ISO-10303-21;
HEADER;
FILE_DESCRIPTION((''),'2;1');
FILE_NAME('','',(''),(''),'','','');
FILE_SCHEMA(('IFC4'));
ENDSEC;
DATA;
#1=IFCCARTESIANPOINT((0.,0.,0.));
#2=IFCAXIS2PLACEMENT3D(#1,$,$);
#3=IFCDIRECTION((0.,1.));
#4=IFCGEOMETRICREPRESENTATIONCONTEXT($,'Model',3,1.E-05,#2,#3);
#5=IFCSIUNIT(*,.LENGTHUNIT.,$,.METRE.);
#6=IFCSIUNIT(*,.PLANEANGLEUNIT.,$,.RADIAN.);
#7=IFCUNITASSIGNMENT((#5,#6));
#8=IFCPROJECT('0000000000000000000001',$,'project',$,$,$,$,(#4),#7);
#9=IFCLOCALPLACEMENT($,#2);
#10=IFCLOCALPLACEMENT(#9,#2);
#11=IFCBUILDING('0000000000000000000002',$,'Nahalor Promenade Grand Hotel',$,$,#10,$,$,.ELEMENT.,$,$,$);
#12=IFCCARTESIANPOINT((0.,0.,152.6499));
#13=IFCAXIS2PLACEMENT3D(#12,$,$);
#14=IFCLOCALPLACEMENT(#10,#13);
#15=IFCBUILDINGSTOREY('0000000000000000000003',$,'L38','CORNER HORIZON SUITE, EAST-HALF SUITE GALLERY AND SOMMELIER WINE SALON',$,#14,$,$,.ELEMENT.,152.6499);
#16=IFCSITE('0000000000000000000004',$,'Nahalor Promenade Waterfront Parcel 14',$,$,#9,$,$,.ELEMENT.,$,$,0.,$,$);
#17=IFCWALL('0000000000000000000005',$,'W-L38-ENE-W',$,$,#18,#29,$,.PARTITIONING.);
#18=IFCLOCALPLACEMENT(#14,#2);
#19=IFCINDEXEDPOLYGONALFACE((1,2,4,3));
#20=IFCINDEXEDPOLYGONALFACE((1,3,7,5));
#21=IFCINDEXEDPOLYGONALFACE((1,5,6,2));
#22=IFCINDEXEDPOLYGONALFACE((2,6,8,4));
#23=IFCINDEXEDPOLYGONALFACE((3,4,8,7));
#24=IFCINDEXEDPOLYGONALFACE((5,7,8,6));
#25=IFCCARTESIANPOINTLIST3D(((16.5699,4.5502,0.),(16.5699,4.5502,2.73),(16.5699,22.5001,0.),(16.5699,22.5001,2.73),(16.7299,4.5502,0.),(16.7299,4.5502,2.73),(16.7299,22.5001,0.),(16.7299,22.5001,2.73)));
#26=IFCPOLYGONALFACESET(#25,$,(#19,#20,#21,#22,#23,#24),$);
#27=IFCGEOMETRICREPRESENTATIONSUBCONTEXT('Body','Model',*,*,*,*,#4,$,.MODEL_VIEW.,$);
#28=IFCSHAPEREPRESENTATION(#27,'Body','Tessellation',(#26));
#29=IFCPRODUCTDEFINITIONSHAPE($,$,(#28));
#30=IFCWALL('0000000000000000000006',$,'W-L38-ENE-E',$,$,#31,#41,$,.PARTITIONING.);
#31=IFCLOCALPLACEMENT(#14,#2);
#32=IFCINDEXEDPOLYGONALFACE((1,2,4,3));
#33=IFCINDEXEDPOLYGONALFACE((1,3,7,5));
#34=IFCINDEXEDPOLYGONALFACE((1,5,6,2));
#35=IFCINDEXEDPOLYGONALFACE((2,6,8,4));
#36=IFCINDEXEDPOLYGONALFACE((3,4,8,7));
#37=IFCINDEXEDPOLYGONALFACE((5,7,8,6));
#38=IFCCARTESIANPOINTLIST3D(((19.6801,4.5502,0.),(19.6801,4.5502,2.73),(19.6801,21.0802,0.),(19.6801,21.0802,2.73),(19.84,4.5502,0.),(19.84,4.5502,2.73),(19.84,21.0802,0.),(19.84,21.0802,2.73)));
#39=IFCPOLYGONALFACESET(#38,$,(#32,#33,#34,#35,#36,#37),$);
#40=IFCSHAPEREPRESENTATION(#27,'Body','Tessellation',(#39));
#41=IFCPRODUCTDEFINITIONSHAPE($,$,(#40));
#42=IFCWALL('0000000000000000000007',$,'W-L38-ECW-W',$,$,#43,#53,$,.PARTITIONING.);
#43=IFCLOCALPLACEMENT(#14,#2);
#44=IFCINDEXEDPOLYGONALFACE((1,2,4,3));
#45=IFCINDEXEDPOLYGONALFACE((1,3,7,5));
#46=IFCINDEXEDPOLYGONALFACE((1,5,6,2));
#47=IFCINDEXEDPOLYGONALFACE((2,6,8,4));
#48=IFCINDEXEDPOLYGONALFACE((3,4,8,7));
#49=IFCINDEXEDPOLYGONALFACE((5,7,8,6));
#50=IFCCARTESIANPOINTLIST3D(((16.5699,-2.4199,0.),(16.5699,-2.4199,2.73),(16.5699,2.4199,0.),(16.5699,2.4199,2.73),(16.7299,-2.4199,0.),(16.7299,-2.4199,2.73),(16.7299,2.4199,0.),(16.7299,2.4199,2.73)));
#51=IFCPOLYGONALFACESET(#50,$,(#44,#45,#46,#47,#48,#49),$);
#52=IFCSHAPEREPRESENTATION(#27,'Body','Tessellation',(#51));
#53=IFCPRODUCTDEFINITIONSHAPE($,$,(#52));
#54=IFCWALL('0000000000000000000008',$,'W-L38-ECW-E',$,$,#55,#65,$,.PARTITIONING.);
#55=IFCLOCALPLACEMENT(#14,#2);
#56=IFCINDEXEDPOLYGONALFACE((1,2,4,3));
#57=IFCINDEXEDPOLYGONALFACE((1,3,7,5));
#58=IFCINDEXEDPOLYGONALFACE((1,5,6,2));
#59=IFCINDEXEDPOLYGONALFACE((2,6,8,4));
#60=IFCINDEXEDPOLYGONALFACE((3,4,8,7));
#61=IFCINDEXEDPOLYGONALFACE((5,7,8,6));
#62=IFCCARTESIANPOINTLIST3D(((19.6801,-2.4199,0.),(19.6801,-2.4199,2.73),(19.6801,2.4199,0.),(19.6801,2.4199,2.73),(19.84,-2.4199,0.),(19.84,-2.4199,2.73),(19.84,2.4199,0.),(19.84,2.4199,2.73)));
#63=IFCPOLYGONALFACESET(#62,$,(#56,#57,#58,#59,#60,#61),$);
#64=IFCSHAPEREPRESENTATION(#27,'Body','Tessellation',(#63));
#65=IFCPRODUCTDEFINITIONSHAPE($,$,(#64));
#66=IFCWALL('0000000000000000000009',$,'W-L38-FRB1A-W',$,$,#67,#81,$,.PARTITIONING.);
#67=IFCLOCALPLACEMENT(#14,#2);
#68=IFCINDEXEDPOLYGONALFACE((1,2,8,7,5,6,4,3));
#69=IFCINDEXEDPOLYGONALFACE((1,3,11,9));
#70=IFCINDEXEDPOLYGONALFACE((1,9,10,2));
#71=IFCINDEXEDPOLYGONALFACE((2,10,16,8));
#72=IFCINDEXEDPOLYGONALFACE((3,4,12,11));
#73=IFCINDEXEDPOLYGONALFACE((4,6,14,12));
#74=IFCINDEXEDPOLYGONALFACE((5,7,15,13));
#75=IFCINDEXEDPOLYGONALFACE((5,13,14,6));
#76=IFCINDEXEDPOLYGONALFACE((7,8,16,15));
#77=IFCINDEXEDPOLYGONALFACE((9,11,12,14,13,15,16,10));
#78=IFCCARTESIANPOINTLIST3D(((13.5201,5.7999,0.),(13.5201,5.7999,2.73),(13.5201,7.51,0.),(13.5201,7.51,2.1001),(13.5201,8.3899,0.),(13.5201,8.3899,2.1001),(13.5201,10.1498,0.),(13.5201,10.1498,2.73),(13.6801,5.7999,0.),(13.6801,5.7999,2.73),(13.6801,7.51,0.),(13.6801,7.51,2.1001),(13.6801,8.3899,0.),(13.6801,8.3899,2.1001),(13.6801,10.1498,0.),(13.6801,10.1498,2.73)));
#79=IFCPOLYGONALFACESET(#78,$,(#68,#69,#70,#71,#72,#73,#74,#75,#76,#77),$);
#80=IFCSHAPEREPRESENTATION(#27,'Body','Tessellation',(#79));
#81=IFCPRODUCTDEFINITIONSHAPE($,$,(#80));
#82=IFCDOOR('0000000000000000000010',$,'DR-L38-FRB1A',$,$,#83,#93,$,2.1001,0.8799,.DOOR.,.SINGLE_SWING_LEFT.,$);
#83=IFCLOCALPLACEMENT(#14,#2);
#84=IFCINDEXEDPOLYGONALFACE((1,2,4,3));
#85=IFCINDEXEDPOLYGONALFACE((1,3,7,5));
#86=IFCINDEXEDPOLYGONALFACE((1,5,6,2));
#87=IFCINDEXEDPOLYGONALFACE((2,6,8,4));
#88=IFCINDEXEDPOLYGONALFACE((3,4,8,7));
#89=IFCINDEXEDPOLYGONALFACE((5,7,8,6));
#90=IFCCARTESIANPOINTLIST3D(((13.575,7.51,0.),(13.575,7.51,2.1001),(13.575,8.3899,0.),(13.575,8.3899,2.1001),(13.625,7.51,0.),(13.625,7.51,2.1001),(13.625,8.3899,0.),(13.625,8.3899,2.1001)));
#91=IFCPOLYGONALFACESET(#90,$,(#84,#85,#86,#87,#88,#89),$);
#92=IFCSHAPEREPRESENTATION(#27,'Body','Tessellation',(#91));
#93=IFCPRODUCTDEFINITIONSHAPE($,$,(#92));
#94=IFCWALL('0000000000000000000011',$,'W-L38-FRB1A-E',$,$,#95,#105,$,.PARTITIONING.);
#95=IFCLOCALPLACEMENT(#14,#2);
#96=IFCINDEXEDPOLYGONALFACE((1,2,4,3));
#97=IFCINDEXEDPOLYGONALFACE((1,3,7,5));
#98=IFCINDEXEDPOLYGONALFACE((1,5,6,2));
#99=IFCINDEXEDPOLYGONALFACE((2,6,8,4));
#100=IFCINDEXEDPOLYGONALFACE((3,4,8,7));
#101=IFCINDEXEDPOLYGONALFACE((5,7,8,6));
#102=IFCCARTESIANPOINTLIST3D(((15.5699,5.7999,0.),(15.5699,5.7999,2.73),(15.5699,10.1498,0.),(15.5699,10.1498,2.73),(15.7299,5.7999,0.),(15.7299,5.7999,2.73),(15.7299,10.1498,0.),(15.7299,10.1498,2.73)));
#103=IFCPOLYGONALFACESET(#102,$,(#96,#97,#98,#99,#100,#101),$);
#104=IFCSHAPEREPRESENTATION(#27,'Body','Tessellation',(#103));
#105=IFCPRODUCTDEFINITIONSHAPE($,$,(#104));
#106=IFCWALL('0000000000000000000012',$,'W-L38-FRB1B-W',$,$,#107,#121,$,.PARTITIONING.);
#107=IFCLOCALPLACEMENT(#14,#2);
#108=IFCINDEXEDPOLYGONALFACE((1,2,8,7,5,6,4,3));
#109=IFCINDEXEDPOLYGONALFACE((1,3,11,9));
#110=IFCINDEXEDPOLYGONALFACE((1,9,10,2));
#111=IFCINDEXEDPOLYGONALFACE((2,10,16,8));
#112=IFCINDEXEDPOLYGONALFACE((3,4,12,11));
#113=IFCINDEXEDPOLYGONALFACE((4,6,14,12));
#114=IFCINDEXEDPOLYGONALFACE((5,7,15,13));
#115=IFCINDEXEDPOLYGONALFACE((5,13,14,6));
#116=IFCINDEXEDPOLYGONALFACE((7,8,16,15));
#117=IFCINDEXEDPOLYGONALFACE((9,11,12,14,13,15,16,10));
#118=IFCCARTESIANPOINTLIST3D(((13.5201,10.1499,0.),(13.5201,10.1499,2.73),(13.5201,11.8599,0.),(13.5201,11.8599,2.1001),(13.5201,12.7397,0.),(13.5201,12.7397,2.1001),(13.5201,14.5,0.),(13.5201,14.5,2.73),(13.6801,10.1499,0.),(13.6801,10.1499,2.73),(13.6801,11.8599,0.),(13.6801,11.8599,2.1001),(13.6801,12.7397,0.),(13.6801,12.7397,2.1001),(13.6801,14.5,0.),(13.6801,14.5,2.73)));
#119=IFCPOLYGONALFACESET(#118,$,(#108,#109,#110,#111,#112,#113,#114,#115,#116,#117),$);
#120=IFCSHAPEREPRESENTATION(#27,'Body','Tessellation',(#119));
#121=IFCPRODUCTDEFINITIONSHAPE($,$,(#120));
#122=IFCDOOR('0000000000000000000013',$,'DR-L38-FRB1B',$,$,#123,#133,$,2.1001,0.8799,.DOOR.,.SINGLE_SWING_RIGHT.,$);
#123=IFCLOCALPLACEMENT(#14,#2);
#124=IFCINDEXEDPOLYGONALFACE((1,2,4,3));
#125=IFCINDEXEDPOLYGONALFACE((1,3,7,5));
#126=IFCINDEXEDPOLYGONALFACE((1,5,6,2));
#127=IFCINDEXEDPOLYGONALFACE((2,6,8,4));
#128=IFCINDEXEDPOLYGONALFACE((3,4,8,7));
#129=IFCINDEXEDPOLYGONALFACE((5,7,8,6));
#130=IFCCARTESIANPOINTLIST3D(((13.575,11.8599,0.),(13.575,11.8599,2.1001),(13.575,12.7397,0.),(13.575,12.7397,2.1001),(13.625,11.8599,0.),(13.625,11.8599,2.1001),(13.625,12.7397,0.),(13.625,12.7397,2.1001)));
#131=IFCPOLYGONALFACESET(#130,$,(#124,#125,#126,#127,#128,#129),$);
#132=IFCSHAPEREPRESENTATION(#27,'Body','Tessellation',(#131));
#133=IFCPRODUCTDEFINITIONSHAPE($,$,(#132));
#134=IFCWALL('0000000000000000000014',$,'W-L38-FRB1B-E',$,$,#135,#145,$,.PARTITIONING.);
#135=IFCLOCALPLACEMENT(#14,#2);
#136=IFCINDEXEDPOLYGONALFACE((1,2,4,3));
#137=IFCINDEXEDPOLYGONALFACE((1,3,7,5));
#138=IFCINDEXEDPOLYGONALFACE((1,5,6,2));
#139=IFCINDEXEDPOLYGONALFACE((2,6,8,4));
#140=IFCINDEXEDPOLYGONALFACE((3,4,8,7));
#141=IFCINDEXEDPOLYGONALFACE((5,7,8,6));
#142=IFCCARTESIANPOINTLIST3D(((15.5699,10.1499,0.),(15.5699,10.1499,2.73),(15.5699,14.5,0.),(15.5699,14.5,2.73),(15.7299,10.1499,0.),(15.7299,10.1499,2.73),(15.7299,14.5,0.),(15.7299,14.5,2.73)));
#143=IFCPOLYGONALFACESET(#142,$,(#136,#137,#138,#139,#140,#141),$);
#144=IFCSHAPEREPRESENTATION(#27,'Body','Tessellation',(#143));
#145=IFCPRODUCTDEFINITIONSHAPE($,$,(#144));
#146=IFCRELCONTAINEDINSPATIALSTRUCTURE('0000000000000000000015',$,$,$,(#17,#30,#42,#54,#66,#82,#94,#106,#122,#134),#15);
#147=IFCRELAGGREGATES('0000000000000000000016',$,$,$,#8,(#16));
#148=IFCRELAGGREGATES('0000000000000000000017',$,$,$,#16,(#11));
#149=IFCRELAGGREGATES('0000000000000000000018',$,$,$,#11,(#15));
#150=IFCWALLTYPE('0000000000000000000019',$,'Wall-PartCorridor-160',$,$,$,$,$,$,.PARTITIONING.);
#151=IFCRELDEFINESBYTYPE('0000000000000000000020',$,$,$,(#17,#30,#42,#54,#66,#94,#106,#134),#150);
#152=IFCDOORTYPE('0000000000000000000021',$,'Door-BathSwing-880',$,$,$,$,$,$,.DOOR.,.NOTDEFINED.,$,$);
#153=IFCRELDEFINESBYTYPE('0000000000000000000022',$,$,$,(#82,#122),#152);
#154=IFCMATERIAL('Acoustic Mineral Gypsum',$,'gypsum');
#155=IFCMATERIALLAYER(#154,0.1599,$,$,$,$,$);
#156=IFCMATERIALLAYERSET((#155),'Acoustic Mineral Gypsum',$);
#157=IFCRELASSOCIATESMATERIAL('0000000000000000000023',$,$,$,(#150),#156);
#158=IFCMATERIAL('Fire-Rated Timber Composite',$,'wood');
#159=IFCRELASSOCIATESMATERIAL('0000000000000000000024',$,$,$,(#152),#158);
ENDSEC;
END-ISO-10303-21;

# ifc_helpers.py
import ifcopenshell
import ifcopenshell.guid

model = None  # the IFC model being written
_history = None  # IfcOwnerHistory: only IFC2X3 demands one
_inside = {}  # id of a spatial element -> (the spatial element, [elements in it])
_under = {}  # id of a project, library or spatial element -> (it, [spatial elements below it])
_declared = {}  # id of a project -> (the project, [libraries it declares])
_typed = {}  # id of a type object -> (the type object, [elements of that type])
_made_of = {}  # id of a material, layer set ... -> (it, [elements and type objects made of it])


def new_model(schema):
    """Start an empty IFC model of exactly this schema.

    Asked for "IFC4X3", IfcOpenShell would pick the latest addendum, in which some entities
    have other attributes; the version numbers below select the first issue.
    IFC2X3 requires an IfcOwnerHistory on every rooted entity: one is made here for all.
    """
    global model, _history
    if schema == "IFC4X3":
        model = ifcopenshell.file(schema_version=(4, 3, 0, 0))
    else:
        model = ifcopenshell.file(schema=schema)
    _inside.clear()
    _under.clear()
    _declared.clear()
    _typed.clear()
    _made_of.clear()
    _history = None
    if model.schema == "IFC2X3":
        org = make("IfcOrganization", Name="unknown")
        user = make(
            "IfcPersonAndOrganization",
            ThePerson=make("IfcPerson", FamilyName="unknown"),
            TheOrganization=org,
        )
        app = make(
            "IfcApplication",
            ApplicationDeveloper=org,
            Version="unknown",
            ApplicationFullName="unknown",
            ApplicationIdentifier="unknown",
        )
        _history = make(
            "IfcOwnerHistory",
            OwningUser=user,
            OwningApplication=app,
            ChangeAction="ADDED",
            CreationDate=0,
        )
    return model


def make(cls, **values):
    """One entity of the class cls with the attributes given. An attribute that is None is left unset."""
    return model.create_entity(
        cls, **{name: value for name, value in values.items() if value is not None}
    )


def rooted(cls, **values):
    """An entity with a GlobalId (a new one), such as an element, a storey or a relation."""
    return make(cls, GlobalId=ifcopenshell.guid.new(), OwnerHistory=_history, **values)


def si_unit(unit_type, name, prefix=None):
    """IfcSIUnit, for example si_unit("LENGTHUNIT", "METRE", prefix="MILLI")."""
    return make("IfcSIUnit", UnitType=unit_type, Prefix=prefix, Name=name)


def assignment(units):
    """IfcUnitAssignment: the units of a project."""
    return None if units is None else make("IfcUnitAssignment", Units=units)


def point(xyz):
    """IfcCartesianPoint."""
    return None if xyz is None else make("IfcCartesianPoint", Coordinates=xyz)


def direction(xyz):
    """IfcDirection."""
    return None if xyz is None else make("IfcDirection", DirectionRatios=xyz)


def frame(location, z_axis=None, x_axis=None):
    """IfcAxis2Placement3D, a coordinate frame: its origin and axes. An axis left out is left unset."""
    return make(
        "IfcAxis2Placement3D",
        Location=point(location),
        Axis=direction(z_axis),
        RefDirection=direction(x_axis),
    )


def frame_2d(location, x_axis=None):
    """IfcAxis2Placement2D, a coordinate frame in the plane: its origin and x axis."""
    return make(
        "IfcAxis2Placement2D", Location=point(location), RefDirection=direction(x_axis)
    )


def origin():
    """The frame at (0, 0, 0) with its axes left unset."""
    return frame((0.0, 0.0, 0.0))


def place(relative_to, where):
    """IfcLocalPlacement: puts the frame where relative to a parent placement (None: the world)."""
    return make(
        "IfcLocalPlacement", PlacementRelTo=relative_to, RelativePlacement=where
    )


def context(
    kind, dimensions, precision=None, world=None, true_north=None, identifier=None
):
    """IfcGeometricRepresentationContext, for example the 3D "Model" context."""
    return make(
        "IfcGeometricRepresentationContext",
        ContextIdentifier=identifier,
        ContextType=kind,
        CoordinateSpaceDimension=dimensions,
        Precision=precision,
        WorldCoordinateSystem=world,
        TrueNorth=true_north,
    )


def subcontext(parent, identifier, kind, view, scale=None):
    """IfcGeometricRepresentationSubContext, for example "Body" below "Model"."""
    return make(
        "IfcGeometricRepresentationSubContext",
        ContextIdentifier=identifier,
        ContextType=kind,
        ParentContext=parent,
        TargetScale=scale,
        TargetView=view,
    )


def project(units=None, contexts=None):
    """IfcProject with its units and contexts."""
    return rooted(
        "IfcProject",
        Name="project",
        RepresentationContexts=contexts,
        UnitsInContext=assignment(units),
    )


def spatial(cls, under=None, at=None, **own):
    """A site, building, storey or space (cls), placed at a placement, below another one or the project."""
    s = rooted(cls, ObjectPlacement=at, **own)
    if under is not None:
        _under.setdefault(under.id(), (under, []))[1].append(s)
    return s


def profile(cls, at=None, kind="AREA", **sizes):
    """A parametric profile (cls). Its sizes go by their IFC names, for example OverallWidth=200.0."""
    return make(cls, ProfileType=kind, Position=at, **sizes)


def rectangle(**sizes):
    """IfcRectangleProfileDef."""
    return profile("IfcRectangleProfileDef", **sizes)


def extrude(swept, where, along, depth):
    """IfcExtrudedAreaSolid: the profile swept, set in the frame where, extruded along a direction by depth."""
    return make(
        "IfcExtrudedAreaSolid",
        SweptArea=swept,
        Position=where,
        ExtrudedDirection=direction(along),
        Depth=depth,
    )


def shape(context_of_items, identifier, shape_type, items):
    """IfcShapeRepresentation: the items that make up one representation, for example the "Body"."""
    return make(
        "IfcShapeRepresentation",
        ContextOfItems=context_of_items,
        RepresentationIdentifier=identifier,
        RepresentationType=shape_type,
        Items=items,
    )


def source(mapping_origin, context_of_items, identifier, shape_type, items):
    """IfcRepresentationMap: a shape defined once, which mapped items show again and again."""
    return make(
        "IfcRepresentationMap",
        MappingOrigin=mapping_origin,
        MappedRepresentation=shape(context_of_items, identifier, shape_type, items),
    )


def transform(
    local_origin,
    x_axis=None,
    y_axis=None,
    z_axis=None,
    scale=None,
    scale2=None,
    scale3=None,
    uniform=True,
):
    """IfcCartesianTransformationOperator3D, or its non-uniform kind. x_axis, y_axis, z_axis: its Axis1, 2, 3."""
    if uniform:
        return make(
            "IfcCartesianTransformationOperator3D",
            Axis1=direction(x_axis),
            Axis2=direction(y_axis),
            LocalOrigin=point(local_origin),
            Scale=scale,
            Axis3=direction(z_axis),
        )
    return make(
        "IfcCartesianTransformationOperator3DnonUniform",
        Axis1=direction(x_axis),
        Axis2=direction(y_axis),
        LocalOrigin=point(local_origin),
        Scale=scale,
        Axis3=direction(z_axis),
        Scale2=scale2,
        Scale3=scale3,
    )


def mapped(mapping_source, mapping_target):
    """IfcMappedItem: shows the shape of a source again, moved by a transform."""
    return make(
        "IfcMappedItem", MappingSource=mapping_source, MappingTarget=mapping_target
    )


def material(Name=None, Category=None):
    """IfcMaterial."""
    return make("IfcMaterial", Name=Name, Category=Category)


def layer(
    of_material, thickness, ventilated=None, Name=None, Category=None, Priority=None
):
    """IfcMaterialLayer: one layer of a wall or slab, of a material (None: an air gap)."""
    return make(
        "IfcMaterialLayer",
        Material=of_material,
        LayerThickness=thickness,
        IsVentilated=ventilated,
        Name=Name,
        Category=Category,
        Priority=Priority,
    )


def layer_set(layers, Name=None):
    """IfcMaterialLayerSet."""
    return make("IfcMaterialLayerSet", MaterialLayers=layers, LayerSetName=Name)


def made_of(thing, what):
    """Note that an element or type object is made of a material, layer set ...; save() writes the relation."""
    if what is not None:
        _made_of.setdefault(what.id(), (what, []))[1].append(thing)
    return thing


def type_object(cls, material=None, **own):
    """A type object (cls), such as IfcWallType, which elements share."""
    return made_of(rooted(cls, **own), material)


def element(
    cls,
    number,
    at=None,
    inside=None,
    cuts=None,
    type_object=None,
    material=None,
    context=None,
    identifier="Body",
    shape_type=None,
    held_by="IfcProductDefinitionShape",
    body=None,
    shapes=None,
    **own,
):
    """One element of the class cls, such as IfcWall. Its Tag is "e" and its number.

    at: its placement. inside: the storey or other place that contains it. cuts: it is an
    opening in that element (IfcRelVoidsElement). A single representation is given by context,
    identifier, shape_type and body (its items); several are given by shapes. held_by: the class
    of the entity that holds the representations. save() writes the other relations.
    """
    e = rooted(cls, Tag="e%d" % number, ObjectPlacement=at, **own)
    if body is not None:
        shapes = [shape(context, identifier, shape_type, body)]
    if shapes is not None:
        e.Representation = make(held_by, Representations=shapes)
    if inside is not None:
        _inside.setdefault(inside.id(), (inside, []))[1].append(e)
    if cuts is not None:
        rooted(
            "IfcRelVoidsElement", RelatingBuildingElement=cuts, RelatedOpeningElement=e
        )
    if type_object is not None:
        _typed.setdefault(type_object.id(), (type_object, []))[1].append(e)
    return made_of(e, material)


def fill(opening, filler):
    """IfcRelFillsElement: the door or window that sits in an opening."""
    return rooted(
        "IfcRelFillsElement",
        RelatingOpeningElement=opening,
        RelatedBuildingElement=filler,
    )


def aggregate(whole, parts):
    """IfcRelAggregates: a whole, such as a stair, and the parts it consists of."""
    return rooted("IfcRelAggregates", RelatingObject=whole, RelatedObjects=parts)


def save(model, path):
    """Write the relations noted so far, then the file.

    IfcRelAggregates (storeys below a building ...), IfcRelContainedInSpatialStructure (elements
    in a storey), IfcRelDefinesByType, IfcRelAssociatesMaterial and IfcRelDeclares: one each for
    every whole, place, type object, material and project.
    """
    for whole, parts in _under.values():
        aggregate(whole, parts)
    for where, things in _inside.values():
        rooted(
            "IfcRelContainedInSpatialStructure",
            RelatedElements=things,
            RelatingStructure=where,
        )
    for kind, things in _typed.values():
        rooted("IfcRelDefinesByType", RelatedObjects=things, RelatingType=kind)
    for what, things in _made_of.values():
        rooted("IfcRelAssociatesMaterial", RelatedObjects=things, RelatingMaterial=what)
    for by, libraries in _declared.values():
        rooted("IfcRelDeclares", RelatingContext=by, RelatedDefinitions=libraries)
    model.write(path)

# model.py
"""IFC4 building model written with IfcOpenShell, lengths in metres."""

from ifc_helpers import new_model, si_unit, direction, frame, frame_2d, origin, place, context, subcontext, project, spatial, rectangle, extrude, source, transform, mapped, material, layer, layer_set, type_object, element, fill, save


model = new_model("IFC4")

# Units and contexts
model_context = context("Model", 3, precision=1e-05, world=origin(), true_north=direction((0.0, 1.0)))
body_context = subcontext(model_context, "Body", "Model", "MODEL_VIEW")
ifc_project = project(units=[si_unit("LENGTHUNIT", "METRE"), si_unit("PLANEANGLEUNIT", "RADIAN")], contexts=[model_context])

# Site, building, storey
site_placement = place(None, origin())
site = spatial("IfcSite", under=ifc_project, at=site_placement, Name="Nahalor Promenade Waterfront Parcel 14", CompositionType="ELEMENT", RefElevation=0.0)
building_placement = place(site_placement, origin())
building = spatial("IfcBuilding", under=site, at=building_placement, Name="Nahalor Promenade Grand Hotel", CompositionType="ELEMENT")
storey_placement = place(building_placement, frame((0.0, 0.0, 152.6499)))
storey = spatial("IfcBuildingStorey", under=building, at=storey_placement, Name="L38", Description="CORNER HORIZON SUITE, EAST-HALF SUITE GALLERY AND SOMMELIER WINE SALON", CompositionType="ELEMENT", Elevation=152.6499)

# Shared definitions
ifc_material_1 = material(Name="Acoustic Mineral Gypsum", Category="gypsum")
ifc_layer_1 = layer(ifc_material_1, 0.1599)
ifc_layer_set_1 = layer_set([ifc_layer_1], Name="Acoustic Mineral Gypsum")
wall_type_1 = type_object("IfcWallType", Name="Wall-PartCorridor-160", PredefinedType="PARTITIONING", material=ifc_layer_set_1)

# Walls
shared_shape_1 = source(origin(), body_context, "Body", "SweptSolid", [
    extrude(rectangle(XDim=17.95, YDim=0.1599, at=frame_2d((8.9751, 0.0))), origin(), (0.0, 0.0, 1.0), 2.73),
])
wall_1_placement = place(storey_placement, frame((16.6499, 4.55, 0.0), z_axis=(0.0, 0.0, 1.0), x_axis=(0.0, 1.0, 0.0)))
element("IfcWall", 1, at=wall_1_placement, inside=storey, type_object=wall_type_1, Name="W-L38-ENE-W", PredefinedType="PARTITIONING", context=body_context, shape_type="MappedRepresentation", body=[
    mapped(shared_shape_1, transform((0.0, 0.0, 0.0), scale=1.0)),
])
shared_shape_2 = source(origin(), body_context, "Body", "SweptSolid", [
    extrude(rectangle(XDim=16.53, YDim=0.1599, at=frame_2d((8.2651, 0.0))), origin(), (0.0, 0.0, 1.0), 2.73),
])
wall_2_placement = place(storey_placement, frame((19.76, 4.55, 0.0), z_axis=(0.0, 0.0, 1.0), x_axis=(0.0, 1.0, 0.0)))
element("IfcWall", 2, at=wall_2_placement, inside=storey, type_object=wall_type_1, Name="W-L38-ENE-E", PredefinedType="PARTITIONING", context=body_context, shape_type="MappedRepresentation", body=[
    mapped(shared_shape_2, transform((0.0, 0.0, 0.0), scale=1.0)),
])
shared_shape_3 = source(origin(), body_context, "Body", "SweptSolid", [
    extrude(rectangle(XDim=4.8398, YDim=0.1599, at=frame_2d((2.4199, 0.0))), origin(), (0.0, 0.0, 1.0), 2.73),
])
for number, where, z_axis, x_axis, name in (
    (3, (16.6499, -2.4199, 0.0), (0.0, 0.0, 1.0), (0.0, 1.0, 0.0), "W-L38-ECW-W"),
    (4, (19.76, -2.4199, 0.0), (0.0, 0.0, 1.0), (0.0, 1.0, 0.0), "W-L38-ECW-E"),
):
    element("IfcWall", number, at=place(storey_placement, frame(where, z_axis=z_axis, x_axis=x_axis)), inside=storey, type_object=wall_type_1, Name=name, PredefinedType="PARTITIONING", context=body_context, shape_type="MappedRepresentation", body=[
        mapped(shared_shape_3, transform((0.0, 0.0, 0.0), scale=1.0)),
    ])

# Wall, opening, door
shared_shape_4 = source(origin(), body_context, "Body", "SweptSolid", [
    extrude(rectangle(XDim=4.3499, YDim=0.1599, at=frame_2d((2.1748, 0.0))), origin(), (0.0, 0.0, 1.0), 2.73),
])
wall_3_placement = place(storey_placement, frame((13.6001, 5.8, 0.0), z_axis=(0.0, 0.0, 1.0), x_axis=(0.0, 1.0, 0.0)))
wall_3 = element("IfcWall", 5, at=wall_3_placement, inside=storey, type_object=wall_type_1, Name="W-L38-FRB1A-W", PredefinedType="PARTITIONING", context=body_context, shape_type="MappedRepresentation", body=[
    mapped(shared_shape_4, transform((0.0, 0.0, 0.0), scale=1.0)),
])
opening_1_placement = place(wall_3_placement, frame((1.71, 0.0, 0.0)))
opening_1 = element("IfcOpeningElement", 6, at=opening_1_placement, cuts=wall_3, PredefinedType="OPENING", context=body_context, shape_type="SweptSolid", body=[
    extrude(rectangle(XDim=0.8799, YDim=2.1001, at=frame_2d((0.4399, 1.05))), frame((0.0, 0.0898, 0.0), z_axis=(0.0, -1.0, 0.0), x_axis=(1.0, 0.0, 0.0)), (0.0, 0.0, 1.0), 0.1799),
])
ifc_material_2 = material(Name="Fire-Rated Timber Composite", Category="wood")
door_type_1 = type_object("IfcDoorType", Name="Door-BathSwing-880", OperationType="NOTDEFINED", PredefinedType="DOOR", material=ifc_material_2)
shared_shape_5 = source(origin(), body_context, "Body", "SweptSolid", [
    extrude(rectangle(XDim=0.8799, YDim=2.1001, at=frame_2d((0.4399, 1.05))), frame((0.0, 0.0249, 0.0), z_axis=(0.0, -1.0, 0.0), x_axis=(1.0, 0.0, 0.0)), (0.0, 0.0, 1.0), 0.05),
])
door_1_placement = place(opening_1_placement, frame((0.8799, 0.0, 0.0), z_axis=(0.0, 0.0, 1.0), x_axis=(-1.0, 0.0, 0.0)))
door_1 = element("IfcDoor", 7, at=door_1_placement, inside=storey, type_object=door_type_1, Name="DR-L38-FRB1A", OperationType="SINGLE_SWING_LEFT", OverallHeight=2.1001, OverallWidth=0.8799, PredefinedType="DOOR", context=body_context, shape_type="MappedRepresentation", body=[
    mapped(shared_shape_5, transform((0.0, 0.0, 0.0), scale=1.0)),
])
fill(opening_1, door_1)

# Wall
wall_4_placement = place(storey_placement, frame((15.6499, 5.8, 0.0), z_axis=(0.0, 0.0, 1.0), x_axis=(0.0, 1.0, 0.0)))
element("IfcWall", 8, at=wall_4_placement, inside=storey, type_object=wall_type_1, Name="W-L38-FRB1A-E", PredefinedType="PARTITIONING", context=body_context, shape_type="MappedRepresentation", body=[
    mapped(shared_shape_4, transform((0.0, 0.0, 0.0), scale=1.0)),
])

# Wall, opening, door
shared_shape_6 = source(origin(), body_context, "Body", "SweptSolid", [
    extrude(rectangle(XDim=4.3501, YDim=0.1599, at=frame_2d((2.175, 0.0))), origin(), (0.0, 0.0, 1.0), 2.73),
])
wall_5_placement = place(storey_placement, frame((13.6001, 10.1499, 0.0), z_axis=(0.0, 0.0, 1.0), x_axis=(0.0, 1.0, 0.0)))
wall_5 = element("IfcWall", 9, at=wall_5_placement, inside=storey, type_object=wall_type_1, Name="W-L38-FRB1B-W", PredefinedType="PARTITIONING", context=body_context, shape_type="MappedRepresentation", body=[
    mapped(shared_shape_6, transform((0.0, 0.0, 0.0), scale=1.0)),
])
opening_2_placement = place(wall_5_placement, frame((1.71, 0.0, 0.0)))
opening_2 = element("IfcOpeningElement", 10, at=opening_2_placement, cuts=wall_5, PredefinedType="OPENING", context=body_context, shape_type="SweptSolid", body=[
    extrude(rectangle(XDim=0.8799, YDim=2.1001, at=frame_2d((0.4399, 1.05))), frame((0.0, 0.0898, 0.0), z_axis=(0.0, -1.0, 0.0), x_axis=(1.0, 0.0, 0.0)), (0.0, 0.0, 1.0), 0.1799),
])
door_2_placement = place(opening_2_placement, frame((0.8799, 0.0, 0.0), z_axis=(0.0, 0.0, 1.0), x_axis=(-1.0, 0.0, 0.0)))
door_2 = element("IfcDoor", 11, at=door_2_placement, inside=storey, type_object=door_type_1, Name="DR-L38-FRB1B", OperationType="SINGLE_SWING_RIGHT", OverallHeight=2.1001, OverallWidth=0.8799, PredefinedType="DOOR", context=body_context, shape_type="MappedRepresentation", body=[
    mapped(shared_shape_5, transform((0.0, 0.0, 0.0), scale=1.0)),
])
fill(opening_2, door_2)

# Wall
wall_6_placement = place(storey_placement, frame((15.6499, 10.1499, 0.0), z_axis=(0.0, 0.0, 1.0), x_axis=(0.0, 1.0, 0.0)))
element("IfcWall", 12, at=wall_6_placement, inside=storey, type_object=wall_type_1, Name="W-L38-FRB1B-E", PredefinedType="PARTITIONING", context=body_context, shape_type="MappedRepresentation", body=[
    mapped(shared_shape_6, transform((0.0, 0.0, 0.0), scale=1.0)),
])

save(model, "model.ifc")
